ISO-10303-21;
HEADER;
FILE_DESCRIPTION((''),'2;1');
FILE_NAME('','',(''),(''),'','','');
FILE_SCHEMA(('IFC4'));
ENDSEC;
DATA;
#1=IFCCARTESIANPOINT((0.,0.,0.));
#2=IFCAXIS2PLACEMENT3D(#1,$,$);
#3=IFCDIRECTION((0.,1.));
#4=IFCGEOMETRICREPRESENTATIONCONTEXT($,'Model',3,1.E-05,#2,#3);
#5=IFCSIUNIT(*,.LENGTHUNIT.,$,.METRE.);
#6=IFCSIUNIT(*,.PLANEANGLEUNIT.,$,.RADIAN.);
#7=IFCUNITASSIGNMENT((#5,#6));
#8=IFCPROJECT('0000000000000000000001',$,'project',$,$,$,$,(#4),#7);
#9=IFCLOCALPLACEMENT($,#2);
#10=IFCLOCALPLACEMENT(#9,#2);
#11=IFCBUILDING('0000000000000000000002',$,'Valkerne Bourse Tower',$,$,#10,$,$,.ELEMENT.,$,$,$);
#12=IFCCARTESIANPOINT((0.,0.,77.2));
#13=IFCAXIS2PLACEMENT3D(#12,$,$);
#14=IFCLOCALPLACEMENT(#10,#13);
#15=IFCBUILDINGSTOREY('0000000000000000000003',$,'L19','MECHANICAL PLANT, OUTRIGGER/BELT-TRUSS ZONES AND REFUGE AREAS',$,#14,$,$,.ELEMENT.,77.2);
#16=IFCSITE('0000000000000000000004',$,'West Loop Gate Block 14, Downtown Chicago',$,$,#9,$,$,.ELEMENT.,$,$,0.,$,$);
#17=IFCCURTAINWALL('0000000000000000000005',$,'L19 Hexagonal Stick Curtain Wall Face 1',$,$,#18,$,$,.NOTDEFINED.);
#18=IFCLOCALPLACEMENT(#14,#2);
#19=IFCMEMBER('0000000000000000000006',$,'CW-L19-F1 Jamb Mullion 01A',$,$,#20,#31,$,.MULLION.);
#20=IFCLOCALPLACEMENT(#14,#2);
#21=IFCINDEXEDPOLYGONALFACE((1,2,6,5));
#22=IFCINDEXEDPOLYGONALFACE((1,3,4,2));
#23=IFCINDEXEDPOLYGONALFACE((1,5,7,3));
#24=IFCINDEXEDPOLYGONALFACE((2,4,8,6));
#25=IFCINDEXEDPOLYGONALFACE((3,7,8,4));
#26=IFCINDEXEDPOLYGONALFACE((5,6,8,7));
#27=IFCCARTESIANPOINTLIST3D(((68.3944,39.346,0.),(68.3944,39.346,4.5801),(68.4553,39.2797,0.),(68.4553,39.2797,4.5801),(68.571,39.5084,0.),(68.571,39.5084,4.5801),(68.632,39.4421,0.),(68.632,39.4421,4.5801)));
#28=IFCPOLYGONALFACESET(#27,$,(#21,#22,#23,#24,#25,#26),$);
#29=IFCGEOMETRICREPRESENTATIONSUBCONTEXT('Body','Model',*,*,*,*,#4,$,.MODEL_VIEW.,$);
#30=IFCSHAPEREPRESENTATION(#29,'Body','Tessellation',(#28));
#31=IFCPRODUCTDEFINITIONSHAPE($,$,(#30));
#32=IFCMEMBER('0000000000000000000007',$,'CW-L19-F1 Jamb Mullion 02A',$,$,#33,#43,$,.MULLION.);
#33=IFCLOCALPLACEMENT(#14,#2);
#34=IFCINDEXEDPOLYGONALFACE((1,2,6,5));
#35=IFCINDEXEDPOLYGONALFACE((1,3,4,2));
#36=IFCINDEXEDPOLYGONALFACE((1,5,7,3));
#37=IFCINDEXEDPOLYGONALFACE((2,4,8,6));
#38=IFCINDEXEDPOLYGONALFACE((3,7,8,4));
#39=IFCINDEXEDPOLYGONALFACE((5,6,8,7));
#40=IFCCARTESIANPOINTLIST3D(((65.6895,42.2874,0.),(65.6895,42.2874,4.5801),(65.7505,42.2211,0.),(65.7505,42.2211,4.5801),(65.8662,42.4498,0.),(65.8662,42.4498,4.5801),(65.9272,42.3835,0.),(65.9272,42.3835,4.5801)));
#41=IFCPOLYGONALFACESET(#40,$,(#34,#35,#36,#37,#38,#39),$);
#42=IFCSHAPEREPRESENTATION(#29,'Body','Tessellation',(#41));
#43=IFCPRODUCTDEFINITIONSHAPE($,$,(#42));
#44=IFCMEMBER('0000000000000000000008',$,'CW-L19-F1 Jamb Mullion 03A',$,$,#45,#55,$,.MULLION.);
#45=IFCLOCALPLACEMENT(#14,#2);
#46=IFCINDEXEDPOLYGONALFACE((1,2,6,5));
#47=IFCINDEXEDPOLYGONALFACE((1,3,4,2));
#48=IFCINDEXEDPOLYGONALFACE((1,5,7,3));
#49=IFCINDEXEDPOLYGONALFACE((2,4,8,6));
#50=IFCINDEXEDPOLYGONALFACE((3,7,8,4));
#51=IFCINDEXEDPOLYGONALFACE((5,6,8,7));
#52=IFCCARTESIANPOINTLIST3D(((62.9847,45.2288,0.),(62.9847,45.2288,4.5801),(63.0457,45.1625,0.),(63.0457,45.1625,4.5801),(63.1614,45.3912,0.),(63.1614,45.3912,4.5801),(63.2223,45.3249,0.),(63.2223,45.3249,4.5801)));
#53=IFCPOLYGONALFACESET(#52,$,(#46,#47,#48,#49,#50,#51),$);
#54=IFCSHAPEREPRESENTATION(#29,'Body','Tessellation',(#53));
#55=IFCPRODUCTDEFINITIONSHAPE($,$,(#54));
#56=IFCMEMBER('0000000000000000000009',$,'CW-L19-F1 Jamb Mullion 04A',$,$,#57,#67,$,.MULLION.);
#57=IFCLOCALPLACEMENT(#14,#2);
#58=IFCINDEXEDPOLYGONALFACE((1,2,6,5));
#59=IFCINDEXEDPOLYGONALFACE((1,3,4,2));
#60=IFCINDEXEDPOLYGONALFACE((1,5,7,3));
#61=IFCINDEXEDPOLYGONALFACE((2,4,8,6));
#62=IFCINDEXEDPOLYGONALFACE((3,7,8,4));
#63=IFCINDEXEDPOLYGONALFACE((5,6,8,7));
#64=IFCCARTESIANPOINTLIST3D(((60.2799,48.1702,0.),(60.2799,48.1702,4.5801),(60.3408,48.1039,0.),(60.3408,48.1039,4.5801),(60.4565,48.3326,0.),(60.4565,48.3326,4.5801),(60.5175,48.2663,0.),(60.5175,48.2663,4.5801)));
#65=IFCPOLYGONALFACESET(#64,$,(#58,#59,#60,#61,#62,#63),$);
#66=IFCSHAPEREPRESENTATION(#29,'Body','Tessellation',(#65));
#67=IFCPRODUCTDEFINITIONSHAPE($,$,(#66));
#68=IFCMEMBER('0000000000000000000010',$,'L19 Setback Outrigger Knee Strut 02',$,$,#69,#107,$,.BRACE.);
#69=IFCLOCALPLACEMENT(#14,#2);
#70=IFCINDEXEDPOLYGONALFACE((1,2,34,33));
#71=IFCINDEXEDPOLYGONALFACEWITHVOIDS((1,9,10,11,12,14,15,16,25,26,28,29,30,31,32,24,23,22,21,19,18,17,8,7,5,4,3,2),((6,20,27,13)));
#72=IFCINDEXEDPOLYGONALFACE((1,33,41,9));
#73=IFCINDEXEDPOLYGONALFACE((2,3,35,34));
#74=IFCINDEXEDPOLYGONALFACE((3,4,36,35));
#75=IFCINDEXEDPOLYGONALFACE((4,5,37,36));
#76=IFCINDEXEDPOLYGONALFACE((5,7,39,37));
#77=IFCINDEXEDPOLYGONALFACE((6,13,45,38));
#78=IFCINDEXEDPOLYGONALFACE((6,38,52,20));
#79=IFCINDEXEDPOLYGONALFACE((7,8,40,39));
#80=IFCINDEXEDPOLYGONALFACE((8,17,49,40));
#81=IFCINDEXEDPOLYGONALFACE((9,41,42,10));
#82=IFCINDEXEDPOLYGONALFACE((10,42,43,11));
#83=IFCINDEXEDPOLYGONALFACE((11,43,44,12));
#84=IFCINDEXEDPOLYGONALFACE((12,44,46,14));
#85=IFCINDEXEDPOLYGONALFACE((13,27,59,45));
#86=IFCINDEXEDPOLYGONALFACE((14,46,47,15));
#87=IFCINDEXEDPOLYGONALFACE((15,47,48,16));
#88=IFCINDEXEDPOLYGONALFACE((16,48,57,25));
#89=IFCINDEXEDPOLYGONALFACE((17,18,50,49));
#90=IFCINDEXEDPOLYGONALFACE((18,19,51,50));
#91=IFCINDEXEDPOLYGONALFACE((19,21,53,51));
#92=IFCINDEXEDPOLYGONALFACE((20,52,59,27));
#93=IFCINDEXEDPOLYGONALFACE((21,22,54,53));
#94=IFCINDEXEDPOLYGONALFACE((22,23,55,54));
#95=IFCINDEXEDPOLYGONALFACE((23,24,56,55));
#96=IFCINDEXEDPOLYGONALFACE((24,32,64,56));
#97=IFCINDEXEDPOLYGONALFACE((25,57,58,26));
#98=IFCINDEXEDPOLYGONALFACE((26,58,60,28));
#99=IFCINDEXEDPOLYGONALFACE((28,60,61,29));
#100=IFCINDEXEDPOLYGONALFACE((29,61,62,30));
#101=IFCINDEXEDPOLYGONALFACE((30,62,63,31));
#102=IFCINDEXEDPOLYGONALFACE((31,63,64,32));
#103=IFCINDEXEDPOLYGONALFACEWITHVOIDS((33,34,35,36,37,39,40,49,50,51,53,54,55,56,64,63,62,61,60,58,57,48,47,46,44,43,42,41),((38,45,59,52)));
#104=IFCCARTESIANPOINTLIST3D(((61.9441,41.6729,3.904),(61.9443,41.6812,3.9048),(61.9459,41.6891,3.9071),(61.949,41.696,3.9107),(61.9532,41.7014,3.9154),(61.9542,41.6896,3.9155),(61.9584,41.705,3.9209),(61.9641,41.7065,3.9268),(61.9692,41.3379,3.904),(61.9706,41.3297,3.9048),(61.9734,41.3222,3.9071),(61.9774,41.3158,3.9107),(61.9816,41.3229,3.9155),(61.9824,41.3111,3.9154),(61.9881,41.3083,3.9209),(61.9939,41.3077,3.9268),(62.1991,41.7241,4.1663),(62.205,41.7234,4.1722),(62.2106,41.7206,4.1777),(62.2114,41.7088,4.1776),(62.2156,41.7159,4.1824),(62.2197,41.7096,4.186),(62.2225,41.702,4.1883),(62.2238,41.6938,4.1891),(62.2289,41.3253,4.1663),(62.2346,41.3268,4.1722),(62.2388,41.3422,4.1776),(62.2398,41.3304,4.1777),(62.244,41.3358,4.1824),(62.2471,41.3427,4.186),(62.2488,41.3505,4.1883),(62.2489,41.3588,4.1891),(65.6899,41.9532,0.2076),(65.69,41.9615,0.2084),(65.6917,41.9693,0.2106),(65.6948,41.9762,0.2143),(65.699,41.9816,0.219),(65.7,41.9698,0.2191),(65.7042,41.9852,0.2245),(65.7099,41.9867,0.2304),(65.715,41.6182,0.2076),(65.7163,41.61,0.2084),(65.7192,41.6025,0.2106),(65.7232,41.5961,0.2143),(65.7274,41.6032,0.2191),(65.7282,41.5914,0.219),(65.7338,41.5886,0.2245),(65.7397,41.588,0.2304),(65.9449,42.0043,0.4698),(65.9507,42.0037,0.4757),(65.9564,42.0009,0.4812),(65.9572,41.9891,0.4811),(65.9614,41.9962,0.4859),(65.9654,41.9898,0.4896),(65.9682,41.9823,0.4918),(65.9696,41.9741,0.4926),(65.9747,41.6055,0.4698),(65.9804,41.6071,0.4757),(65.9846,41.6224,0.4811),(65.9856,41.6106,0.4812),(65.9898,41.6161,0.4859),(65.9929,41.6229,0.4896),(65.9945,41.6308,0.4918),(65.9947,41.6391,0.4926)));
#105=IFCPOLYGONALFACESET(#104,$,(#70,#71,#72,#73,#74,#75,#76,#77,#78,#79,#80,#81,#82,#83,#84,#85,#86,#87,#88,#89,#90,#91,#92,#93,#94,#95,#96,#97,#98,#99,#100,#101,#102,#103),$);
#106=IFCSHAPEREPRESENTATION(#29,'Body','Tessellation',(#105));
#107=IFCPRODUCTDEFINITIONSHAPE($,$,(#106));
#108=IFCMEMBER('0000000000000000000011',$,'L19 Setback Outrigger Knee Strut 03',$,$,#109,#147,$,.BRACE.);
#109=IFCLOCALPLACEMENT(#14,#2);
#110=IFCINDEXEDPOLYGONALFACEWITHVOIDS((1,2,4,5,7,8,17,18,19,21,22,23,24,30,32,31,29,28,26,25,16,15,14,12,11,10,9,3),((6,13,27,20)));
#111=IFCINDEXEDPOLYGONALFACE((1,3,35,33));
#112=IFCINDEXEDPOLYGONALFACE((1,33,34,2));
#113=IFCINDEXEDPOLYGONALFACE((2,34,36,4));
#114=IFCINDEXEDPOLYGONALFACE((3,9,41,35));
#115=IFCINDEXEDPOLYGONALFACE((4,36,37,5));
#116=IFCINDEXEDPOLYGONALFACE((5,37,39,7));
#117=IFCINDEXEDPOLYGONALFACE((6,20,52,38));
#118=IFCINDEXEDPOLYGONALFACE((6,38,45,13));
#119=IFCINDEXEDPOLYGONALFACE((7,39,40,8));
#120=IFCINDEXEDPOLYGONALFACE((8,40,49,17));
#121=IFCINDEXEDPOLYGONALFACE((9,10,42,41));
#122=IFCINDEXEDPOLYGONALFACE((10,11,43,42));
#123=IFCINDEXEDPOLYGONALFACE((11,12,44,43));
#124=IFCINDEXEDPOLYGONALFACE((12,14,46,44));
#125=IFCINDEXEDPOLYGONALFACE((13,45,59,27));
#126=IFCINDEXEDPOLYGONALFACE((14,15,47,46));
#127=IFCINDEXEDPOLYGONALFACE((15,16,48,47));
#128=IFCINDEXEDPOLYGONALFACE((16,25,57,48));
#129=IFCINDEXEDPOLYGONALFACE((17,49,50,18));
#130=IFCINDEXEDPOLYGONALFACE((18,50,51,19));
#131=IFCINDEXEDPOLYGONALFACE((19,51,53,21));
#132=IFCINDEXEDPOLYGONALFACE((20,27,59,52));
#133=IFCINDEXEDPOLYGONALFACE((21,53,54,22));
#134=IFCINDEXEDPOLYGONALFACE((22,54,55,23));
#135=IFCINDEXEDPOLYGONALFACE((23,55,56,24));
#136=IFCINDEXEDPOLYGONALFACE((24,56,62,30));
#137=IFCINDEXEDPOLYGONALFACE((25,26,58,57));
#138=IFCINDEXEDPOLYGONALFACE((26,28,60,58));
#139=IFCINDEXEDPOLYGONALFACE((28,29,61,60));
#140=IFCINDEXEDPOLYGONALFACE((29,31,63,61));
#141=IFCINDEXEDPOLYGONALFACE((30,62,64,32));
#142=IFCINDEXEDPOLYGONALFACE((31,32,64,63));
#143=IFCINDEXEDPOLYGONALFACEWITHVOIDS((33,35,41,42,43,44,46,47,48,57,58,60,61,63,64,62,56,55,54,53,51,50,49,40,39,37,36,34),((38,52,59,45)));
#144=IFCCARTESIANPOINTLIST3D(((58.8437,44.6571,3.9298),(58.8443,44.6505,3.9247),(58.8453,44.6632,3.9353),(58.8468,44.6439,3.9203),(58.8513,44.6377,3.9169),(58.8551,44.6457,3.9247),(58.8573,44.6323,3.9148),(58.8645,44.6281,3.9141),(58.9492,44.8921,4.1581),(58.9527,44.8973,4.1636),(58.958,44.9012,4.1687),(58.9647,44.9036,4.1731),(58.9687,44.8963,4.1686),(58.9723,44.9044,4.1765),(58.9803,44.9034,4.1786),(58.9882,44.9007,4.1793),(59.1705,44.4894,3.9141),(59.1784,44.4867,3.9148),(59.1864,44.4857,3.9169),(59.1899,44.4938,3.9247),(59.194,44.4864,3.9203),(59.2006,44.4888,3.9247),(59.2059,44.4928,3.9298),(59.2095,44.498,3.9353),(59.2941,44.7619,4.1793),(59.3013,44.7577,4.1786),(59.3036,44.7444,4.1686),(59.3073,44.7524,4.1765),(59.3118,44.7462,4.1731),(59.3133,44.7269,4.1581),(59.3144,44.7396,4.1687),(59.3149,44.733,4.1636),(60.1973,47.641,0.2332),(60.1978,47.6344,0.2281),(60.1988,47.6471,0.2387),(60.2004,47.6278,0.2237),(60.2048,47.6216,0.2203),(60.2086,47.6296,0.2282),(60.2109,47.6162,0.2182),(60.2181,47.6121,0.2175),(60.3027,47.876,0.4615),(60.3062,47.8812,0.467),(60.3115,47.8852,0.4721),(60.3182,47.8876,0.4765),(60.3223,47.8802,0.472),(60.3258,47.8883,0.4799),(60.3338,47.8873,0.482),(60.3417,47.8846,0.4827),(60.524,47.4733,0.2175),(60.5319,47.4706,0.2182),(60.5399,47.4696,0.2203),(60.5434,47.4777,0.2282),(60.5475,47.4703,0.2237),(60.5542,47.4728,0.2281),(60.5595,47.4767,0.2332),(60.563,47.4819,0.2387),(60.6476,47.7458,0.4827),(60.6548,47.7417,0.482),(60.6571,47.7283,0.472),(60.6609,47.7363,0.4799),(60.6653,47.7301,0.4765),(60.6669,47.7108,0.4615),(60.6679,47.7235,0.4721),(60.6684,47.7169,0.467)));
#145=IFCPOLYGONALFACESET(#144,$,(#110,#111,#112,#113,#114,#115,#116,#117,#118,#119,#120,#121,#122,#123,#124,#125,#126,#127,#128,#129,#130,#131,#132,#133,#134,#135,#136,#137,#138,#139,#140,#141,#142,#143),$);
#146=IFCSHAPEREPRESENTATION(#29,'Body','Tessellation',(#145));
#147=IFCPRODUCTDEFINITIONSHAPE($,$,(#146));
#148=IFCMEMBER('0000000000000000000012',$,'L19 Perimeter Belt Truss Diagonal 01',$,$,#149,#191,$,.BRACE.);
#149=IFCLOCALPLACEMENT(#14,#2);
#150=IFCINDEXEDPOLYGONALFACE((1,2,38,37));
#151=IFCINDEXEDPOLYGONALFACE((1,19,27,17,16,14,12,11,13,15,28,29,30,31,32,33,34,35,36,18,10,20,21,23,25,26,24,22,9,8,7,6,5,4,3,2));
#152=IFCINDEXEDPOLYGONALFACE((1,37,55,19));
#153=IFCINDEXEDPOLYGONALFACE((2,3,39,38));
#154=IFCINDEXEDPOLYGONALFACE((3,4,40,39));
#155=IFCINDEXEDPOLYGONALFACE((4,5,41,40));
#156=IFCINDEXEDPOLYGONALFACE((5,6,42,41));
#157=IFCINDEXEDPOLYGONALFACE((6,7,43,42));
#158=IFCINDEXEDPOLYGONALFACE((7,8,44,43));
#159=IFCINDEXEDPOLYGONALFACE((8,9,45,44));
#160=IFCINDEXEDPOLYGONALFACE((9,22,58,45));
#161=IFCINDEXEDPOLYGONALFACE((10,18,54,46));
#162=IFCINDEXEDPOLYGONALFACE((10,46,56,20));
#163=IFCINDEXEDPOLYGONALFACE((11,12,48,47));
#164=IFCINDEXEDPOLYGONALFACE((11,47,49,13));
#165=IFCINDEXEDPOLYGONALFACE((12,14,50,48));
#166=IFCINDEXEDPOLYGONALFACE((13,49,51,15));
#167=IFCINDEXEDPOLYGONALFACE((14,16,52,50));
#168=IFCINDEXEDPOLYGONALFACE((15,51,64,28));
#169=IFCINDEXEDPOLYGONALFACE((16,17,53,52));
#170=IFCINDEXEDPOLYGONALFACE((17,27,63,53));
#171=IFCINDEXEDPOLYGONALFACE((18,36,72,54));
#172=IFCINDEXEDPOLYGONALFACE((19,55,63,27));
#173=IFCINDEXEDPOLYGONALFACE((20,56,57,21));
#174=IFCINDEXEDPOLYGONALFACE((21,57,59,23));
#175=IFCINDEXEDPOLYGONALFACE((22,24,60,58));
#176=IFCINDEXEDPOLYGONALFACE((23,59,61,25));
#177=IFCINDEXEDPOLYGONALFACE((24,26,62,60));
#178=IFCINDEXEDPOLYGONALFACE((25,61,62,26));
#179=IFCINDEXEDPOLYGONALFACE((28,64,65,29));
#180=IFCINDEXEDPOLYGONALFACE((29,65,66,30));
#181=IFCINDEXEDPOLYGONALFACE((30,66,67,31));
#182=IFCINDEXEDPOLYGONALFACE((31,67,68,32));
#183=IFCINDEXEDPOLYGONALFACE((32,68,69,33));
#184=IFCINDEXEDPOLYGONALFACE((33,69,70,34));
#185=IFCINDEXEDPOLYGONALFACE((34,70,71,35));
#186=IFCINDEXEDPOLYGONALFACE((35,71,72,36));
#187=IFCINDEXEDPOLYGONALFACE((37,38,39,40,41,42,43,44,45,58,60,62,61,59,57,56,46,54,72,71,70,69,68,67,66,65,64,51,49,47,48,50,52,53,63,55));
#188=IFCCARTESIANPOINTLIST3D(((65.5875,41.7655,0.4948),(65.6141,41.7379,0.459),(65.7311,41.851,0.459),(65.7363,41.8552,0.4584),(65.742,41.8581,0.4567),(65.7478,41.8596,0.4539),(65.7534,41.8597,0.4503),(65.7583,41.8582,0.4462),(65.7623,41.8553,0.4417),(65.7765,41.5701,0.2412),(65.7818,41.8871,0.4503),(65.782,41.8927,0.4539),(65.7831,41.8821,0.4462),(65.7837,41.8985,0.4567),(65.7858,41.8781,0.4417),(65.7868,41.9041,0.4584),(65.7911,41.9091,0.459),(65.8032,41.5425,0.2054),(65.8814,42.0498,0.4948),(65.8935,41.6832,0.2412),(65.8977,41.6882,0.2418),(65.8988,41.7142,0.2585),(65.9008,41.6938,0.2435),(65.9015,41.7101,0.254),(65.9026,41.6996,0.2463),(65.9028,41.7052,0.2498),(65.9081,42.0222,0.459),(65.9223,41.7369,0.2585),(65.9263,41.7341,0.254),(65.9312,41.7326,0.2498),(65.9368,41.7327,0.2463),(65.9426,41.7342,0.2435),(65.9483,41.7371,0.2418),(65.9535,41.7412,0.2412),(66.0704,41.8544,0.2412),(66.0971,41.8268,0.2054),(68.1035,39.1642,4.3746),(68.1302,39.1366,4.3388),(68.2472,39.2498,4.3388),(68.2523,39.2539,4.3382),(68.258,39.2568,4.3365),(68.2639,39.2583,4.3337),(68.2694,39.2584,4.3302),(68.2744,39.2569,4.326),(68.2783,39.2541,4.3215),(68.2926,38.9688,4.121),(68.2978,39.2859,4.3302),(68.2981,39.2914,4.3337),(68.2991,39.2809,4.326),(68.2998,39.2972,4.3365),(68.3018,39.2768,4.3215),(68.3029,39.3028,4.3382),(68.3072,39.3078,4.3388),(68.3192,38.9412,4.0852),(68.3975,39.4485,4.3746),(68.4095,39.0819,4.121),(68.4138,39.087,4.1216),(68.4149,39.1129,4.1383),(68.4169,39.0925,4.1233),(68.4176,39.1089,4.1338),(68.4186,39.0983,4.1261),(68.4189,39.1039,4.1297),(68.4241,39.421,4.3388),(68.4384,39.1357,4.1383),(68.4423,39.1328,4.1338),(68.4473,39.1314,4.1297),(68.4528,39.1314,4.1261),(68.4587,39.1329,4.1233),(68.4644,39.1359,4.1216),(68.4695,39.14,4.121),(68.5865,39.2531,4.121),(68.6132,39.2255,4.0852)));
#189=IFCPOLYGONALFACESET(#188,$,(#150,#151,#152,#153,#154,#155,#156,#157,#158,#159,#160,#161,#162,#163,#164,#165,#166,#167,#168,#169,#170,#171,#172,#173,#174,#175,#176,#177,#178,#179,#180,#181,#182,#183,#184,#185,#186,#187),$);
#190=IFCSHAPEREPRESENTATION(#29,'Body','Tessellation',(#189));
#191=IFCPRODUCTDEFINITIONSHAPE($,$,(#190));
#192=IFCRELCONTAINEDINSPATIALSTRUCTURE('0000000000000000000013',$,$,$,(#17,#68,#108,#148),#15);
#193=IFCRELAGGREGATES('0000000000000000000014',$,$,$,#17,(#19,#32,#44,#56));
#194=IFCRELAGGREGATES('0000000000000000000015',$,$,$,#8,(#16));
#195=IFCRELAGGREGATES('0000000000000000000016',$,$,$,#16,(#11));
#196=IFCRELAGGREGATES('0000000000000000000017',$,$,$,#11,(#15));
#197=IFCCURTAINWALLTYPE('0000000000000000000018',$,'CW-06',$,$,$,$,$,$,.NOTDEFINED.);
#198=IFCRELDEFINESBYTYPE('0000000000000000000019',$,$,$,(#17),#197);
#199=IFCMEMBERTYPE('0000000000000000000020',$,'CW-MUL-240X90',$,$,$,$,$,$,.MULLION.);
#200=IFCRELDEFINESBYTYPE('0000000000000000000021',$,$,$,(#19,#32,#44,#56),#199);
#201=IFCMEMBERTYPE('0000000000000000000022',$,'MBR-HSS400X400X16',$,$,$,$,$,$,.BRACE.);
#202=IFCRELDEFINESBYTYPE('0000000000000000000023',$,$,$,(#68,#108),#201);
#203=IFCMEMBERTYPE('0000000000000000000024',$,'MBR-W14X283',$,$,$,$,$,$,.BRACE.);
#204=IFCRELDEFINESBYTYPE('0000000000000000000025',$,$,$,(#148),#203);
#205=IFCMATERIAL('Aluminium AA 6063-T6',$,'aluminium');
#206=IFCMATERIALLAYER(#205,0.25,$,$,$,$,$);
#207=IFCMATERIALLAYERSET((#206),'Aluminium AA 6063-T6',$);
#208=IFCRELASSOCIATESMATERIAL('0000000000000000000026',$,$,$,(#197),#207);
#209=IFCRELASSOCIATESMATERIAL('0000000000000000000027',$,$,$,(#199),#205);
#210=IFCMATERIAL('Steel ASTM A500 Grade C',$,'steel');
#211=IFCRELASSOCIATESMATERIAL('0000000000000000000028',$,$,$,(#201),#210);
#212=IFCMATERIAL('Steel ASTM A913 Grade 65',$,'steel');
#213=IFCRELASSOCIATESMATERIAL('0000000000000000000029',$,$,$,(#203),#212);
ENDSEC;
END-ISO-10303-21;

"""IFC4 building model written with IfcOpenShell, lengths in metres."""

from ifc_helpers import new_model, si_unit, direction, frame, origin, origin_2d, place, context, subcontext, project, spatial, rectangle, hollow_rectangle, i_section, extrude, material, layer, layer_set, material_profile, profile_set, type_object, element, aggregate, save


model = new_model("IFC4")

# Units and contexts
model_context = context("Model", 3, precision=1e-05, world=origin(), true_north=direction((0.0, 1.0)))
body_context = subcontext(model_context, "Body", "Model", "MODEL_VIEW")
ifc_project = project(units=[si_unit("LENGTHUNIT", "METRE"), si_unit("PLANEANGLEUNIT", "RADIAN")], contexts=[model_context])

# Site, building, storey
site_placement = place(None, origin())
site = spatial("IfcSite", under=ifc_project, at=site_placement, Name="West Loop Gate Block 14, Downtown Chicago", CompositionType="ELEMENT", RefElevation=0.0)
building_placement = place(site_placement, origin())
building = spatial("IfcBuilding", under=site, at=building_placement, Name="Valkerne Bourse Tower", CompositionType="ELEMENT")
storey_placement = place(building_placement, frame((0.0, 0.0, 77.2)))
storey = spatial("IfcBuildingStorey", under=building, at=storey_placement, Name="L19", Description="MECHANICAL PLANT, OUTRIGGER/BELT-TRUSS ZONES AND REFUGE AREAS", CompositionType="ELEMENT", Elevation=77.2)

# Shared definitions
ifc_material_1 = material(Name="Steel ASTM A913 Grade 65", Category="steel")

# Curtain wall, members
ifc_material_2 = material(Name="Aluminium AA 6063-T6", Category="aluminium")
ifc_layer_1 = layer(ifc_material_2, 0.25)
ifc_layer_set_1 = layer_set([ifc_layer_1], Name="Aluminium AA 6063-T6")
curtain_wall_type = type_object("IfcCurtainWallType", Name="CW-06", PredefinedType="NOTDEFINED", material=ifc_layer_set_1)
curtain_wall_placement = place(storey_placement, origin())
curtain_wall = element("IfcCurtainWall", 1, at=curtain_wall_placement, inside=storey, type_object=curtain_wall_type, Name="L19 Hexagonal Stick Curtain Wall Face 1", PredefinedType="NOTDEFINED")
ifc_material_profile_1 = material_profile(ifc_material_2, rectangle(XDim=0.0901, YDim=0.24, at=origin_2d()), Name="CWM-90X240")
ifc_profile_set_1 = profile_set([ifc_material_profile_1], Name="Aluminium AA 6063-T6")
member_type_1 = type_object("IfcMemberType", Name="CW-MUL-240X90", PredefinedType="MULLION", material=ifc_profile_set_1)
member_1_placement = place(storey_placement, frame((68.5132, 39.394, 0.0), z_axis=(0.0, 0.0, 1.0), x_axis=(-0.676882, 0.736092, 0.0)))
member_1 = element("IfcMember", 2, at=member_1_placement, type_object=member_type_1, Name="CW-L19-F1 Jamb Mullion 01A", PredefinedType="MULLION", context=body_context, shape_type="SweptSolid", body=[
    extrude(rectangle(XDim=0.0901, YDim=0.24, at=origin_2d()), origin(), (0.0, 0.0, 1.0), 4.5801),
])
member_2_placement = place(storey_placement, frame((65.8083, 42.3354, 0.0), z_axis=(0.0, 0.0, 1.0), x_axis=(-0.676882, 0.736092, 0.0)))
member_2 = element("IfcMember", 3, at=member_2_placement, type_object=member_type_1, Name="CW-L19-F1 Jamb Mullion 02A", PredefinedType="MULLION", context=body_context, shape_type="SweptSolid", body=[
    extrude(rectangle(XDim=0.0901, YDim=0.24, at=origin_2d()), origin(), (0.0, 0.0, 1.0), 4.5801),
])
member_3_placement = place(storey_placement, frame((63.1035, 45.2769, 0.0), z_axis=(0.0, 0.0, 1.0), x_axis=(-0.676869, 0.736103, 0.0)))
member_3 = element("IfcMember", 4, at=member_3_placement, type_object=member_type_1, Name="CW-L19-F1 Jamb Mullion 03A", PredefinedType="MULLION", context=body_context, shape_type="SweptSolid", body=[
    extrude(rectangle(XDim=0.0901, YDim=0.24, at=origin_2d()), origin(), (0.0, 0.0, 1.0), 4.5801),
])
member_4_placement = place(storey_placement, frame((60.3987, 48.2183, 0.0), z_axis=(0.0, 0.0, 1.0), x_axis=(-0.676882, 0.736092, 0.0)))
member_4 = element("IfcMember", 5, at=member_4_placement, type_object=member_type_1, Name="CW-L19-F1 Jamb Mullion 04A", PredefinedType="MULLION", context=body_context, shape_type="SweptSolid", body=[
    extrude(rectangle(XDim=0.0901, YDim=0.24, at=origin_2d()), origin(), (0.0, 0.0, 1.0), 4.5801),
])

# Members
ifc_material_3 = material(Name="Steel ASTM A500 Grade C", Category="steel")
ifc_material_profile_2 = material_profile(ifc_material_3, hollow_rectangle(XDim=0.3999, YDim=0.3999, WallThickness=0.0161, OuterFilletRadius=0.032, at=origin_2d()), Name="HSS400X400X16")
ifc_profile_set_2 = profile_set([ifc_material_profile_2], Name="Steel ASTM A500 Grade C")
member_type_2 = type_object("IfcMemberType", Name="MBR-HSS400X400X16", PredefinedType="BRACE", material=ifc_profile_set_2)
member_5_placement = place(storey_placement, frame((65.8423, 41.7961, 0.3501), z_axis=(-0.710769, -0.053181, 0.701412), x_axis=(0.074614, -0.997213, 0.0)))
element("IfcMember", 6, at=member_5_placement, inside=storey, type_object=member_type_2, Name="L19 Setback Outrigger Knee Strut 02", PredefinedType="BRACE", context=body_context, shape_type="SweptSolid", body=[
    extrude(hollow_rectangle(XDim=0.3999, YDim=0.3999, WallThickness=0.0161, OuterFilletRadius=0.032, at=origin_2d()), origin(), (0.0, 0.0, 1.0), 5.27),
])
member_6_placement = place(storey_placement, frame((60.4329, 47.679, 0.3501), z_axis=(-0.274012, -0.604071, 0.748342), x_axis=(0.910688, -0.413095, 0.0)))
element("IfcMember", 7, at=member_6_placement, inside=storey, type_object=member_type_2, Name="L19 Setback Outrigger Knee Strut 03", PredefinedType="BRACE", context=body_context, shape_type="SweptSolid", body=[
    extrude(hollow_rectangle(XDim=0.3999, YDim=0.3999, WallThickness=0.0161, OuterFilletRadius=0.032, at=origin_2d()), origin(), (0.0, 0.0, 1.0), 4.9397),
])
ifc_material_profile_3 = material_profile(ifc_material_1, i_section(OverallWidth=0.4089, OverallDepth=0.4243, WebThickness=0.0327, FlangeThickness=0.0525, FilletRadius=0.0254, at=origin_2d()), Name="W14X283")
ifc_profile_set_3 = profile_set([ifc_material_profile_3], Name="Steel ASTM A913 Grade 65")
member_type_3 = type_object("IfcMemberType", Name="MBR-W14X283", PredefinedType="BRACE", material=ifc_profile_set_3)
member_7_placement = place(storey_placement, frame((65.8423, 41.7961, 0.3501), z_axis=(0.474222, -0.490281, 0.731258), x_axis=(0.71878, 0.695237, 0.0)))
element("IfcMember", 8, at=member_7_placement, inside=storey, type_object=member_type_3, Name="L19 Perimeter Belt Truss Diagonal 01", PredefinedType="BRACE", context=body_context, shape_type="SweptSolid", body=[
    extrude(i_section(OverallWidth=0.4089, OverallDepth=0.4243, WebThickness=0.0327, FlangeThickness=0.0525, FilletRadius=0.0254, at=origin_2d()), origin(), (0.0, 0.0, 1.0), 5.3057),
])

aggregate(curtain_wall, [member_1, member_2, member_3, member_4])

save(model, "model.ifc")
